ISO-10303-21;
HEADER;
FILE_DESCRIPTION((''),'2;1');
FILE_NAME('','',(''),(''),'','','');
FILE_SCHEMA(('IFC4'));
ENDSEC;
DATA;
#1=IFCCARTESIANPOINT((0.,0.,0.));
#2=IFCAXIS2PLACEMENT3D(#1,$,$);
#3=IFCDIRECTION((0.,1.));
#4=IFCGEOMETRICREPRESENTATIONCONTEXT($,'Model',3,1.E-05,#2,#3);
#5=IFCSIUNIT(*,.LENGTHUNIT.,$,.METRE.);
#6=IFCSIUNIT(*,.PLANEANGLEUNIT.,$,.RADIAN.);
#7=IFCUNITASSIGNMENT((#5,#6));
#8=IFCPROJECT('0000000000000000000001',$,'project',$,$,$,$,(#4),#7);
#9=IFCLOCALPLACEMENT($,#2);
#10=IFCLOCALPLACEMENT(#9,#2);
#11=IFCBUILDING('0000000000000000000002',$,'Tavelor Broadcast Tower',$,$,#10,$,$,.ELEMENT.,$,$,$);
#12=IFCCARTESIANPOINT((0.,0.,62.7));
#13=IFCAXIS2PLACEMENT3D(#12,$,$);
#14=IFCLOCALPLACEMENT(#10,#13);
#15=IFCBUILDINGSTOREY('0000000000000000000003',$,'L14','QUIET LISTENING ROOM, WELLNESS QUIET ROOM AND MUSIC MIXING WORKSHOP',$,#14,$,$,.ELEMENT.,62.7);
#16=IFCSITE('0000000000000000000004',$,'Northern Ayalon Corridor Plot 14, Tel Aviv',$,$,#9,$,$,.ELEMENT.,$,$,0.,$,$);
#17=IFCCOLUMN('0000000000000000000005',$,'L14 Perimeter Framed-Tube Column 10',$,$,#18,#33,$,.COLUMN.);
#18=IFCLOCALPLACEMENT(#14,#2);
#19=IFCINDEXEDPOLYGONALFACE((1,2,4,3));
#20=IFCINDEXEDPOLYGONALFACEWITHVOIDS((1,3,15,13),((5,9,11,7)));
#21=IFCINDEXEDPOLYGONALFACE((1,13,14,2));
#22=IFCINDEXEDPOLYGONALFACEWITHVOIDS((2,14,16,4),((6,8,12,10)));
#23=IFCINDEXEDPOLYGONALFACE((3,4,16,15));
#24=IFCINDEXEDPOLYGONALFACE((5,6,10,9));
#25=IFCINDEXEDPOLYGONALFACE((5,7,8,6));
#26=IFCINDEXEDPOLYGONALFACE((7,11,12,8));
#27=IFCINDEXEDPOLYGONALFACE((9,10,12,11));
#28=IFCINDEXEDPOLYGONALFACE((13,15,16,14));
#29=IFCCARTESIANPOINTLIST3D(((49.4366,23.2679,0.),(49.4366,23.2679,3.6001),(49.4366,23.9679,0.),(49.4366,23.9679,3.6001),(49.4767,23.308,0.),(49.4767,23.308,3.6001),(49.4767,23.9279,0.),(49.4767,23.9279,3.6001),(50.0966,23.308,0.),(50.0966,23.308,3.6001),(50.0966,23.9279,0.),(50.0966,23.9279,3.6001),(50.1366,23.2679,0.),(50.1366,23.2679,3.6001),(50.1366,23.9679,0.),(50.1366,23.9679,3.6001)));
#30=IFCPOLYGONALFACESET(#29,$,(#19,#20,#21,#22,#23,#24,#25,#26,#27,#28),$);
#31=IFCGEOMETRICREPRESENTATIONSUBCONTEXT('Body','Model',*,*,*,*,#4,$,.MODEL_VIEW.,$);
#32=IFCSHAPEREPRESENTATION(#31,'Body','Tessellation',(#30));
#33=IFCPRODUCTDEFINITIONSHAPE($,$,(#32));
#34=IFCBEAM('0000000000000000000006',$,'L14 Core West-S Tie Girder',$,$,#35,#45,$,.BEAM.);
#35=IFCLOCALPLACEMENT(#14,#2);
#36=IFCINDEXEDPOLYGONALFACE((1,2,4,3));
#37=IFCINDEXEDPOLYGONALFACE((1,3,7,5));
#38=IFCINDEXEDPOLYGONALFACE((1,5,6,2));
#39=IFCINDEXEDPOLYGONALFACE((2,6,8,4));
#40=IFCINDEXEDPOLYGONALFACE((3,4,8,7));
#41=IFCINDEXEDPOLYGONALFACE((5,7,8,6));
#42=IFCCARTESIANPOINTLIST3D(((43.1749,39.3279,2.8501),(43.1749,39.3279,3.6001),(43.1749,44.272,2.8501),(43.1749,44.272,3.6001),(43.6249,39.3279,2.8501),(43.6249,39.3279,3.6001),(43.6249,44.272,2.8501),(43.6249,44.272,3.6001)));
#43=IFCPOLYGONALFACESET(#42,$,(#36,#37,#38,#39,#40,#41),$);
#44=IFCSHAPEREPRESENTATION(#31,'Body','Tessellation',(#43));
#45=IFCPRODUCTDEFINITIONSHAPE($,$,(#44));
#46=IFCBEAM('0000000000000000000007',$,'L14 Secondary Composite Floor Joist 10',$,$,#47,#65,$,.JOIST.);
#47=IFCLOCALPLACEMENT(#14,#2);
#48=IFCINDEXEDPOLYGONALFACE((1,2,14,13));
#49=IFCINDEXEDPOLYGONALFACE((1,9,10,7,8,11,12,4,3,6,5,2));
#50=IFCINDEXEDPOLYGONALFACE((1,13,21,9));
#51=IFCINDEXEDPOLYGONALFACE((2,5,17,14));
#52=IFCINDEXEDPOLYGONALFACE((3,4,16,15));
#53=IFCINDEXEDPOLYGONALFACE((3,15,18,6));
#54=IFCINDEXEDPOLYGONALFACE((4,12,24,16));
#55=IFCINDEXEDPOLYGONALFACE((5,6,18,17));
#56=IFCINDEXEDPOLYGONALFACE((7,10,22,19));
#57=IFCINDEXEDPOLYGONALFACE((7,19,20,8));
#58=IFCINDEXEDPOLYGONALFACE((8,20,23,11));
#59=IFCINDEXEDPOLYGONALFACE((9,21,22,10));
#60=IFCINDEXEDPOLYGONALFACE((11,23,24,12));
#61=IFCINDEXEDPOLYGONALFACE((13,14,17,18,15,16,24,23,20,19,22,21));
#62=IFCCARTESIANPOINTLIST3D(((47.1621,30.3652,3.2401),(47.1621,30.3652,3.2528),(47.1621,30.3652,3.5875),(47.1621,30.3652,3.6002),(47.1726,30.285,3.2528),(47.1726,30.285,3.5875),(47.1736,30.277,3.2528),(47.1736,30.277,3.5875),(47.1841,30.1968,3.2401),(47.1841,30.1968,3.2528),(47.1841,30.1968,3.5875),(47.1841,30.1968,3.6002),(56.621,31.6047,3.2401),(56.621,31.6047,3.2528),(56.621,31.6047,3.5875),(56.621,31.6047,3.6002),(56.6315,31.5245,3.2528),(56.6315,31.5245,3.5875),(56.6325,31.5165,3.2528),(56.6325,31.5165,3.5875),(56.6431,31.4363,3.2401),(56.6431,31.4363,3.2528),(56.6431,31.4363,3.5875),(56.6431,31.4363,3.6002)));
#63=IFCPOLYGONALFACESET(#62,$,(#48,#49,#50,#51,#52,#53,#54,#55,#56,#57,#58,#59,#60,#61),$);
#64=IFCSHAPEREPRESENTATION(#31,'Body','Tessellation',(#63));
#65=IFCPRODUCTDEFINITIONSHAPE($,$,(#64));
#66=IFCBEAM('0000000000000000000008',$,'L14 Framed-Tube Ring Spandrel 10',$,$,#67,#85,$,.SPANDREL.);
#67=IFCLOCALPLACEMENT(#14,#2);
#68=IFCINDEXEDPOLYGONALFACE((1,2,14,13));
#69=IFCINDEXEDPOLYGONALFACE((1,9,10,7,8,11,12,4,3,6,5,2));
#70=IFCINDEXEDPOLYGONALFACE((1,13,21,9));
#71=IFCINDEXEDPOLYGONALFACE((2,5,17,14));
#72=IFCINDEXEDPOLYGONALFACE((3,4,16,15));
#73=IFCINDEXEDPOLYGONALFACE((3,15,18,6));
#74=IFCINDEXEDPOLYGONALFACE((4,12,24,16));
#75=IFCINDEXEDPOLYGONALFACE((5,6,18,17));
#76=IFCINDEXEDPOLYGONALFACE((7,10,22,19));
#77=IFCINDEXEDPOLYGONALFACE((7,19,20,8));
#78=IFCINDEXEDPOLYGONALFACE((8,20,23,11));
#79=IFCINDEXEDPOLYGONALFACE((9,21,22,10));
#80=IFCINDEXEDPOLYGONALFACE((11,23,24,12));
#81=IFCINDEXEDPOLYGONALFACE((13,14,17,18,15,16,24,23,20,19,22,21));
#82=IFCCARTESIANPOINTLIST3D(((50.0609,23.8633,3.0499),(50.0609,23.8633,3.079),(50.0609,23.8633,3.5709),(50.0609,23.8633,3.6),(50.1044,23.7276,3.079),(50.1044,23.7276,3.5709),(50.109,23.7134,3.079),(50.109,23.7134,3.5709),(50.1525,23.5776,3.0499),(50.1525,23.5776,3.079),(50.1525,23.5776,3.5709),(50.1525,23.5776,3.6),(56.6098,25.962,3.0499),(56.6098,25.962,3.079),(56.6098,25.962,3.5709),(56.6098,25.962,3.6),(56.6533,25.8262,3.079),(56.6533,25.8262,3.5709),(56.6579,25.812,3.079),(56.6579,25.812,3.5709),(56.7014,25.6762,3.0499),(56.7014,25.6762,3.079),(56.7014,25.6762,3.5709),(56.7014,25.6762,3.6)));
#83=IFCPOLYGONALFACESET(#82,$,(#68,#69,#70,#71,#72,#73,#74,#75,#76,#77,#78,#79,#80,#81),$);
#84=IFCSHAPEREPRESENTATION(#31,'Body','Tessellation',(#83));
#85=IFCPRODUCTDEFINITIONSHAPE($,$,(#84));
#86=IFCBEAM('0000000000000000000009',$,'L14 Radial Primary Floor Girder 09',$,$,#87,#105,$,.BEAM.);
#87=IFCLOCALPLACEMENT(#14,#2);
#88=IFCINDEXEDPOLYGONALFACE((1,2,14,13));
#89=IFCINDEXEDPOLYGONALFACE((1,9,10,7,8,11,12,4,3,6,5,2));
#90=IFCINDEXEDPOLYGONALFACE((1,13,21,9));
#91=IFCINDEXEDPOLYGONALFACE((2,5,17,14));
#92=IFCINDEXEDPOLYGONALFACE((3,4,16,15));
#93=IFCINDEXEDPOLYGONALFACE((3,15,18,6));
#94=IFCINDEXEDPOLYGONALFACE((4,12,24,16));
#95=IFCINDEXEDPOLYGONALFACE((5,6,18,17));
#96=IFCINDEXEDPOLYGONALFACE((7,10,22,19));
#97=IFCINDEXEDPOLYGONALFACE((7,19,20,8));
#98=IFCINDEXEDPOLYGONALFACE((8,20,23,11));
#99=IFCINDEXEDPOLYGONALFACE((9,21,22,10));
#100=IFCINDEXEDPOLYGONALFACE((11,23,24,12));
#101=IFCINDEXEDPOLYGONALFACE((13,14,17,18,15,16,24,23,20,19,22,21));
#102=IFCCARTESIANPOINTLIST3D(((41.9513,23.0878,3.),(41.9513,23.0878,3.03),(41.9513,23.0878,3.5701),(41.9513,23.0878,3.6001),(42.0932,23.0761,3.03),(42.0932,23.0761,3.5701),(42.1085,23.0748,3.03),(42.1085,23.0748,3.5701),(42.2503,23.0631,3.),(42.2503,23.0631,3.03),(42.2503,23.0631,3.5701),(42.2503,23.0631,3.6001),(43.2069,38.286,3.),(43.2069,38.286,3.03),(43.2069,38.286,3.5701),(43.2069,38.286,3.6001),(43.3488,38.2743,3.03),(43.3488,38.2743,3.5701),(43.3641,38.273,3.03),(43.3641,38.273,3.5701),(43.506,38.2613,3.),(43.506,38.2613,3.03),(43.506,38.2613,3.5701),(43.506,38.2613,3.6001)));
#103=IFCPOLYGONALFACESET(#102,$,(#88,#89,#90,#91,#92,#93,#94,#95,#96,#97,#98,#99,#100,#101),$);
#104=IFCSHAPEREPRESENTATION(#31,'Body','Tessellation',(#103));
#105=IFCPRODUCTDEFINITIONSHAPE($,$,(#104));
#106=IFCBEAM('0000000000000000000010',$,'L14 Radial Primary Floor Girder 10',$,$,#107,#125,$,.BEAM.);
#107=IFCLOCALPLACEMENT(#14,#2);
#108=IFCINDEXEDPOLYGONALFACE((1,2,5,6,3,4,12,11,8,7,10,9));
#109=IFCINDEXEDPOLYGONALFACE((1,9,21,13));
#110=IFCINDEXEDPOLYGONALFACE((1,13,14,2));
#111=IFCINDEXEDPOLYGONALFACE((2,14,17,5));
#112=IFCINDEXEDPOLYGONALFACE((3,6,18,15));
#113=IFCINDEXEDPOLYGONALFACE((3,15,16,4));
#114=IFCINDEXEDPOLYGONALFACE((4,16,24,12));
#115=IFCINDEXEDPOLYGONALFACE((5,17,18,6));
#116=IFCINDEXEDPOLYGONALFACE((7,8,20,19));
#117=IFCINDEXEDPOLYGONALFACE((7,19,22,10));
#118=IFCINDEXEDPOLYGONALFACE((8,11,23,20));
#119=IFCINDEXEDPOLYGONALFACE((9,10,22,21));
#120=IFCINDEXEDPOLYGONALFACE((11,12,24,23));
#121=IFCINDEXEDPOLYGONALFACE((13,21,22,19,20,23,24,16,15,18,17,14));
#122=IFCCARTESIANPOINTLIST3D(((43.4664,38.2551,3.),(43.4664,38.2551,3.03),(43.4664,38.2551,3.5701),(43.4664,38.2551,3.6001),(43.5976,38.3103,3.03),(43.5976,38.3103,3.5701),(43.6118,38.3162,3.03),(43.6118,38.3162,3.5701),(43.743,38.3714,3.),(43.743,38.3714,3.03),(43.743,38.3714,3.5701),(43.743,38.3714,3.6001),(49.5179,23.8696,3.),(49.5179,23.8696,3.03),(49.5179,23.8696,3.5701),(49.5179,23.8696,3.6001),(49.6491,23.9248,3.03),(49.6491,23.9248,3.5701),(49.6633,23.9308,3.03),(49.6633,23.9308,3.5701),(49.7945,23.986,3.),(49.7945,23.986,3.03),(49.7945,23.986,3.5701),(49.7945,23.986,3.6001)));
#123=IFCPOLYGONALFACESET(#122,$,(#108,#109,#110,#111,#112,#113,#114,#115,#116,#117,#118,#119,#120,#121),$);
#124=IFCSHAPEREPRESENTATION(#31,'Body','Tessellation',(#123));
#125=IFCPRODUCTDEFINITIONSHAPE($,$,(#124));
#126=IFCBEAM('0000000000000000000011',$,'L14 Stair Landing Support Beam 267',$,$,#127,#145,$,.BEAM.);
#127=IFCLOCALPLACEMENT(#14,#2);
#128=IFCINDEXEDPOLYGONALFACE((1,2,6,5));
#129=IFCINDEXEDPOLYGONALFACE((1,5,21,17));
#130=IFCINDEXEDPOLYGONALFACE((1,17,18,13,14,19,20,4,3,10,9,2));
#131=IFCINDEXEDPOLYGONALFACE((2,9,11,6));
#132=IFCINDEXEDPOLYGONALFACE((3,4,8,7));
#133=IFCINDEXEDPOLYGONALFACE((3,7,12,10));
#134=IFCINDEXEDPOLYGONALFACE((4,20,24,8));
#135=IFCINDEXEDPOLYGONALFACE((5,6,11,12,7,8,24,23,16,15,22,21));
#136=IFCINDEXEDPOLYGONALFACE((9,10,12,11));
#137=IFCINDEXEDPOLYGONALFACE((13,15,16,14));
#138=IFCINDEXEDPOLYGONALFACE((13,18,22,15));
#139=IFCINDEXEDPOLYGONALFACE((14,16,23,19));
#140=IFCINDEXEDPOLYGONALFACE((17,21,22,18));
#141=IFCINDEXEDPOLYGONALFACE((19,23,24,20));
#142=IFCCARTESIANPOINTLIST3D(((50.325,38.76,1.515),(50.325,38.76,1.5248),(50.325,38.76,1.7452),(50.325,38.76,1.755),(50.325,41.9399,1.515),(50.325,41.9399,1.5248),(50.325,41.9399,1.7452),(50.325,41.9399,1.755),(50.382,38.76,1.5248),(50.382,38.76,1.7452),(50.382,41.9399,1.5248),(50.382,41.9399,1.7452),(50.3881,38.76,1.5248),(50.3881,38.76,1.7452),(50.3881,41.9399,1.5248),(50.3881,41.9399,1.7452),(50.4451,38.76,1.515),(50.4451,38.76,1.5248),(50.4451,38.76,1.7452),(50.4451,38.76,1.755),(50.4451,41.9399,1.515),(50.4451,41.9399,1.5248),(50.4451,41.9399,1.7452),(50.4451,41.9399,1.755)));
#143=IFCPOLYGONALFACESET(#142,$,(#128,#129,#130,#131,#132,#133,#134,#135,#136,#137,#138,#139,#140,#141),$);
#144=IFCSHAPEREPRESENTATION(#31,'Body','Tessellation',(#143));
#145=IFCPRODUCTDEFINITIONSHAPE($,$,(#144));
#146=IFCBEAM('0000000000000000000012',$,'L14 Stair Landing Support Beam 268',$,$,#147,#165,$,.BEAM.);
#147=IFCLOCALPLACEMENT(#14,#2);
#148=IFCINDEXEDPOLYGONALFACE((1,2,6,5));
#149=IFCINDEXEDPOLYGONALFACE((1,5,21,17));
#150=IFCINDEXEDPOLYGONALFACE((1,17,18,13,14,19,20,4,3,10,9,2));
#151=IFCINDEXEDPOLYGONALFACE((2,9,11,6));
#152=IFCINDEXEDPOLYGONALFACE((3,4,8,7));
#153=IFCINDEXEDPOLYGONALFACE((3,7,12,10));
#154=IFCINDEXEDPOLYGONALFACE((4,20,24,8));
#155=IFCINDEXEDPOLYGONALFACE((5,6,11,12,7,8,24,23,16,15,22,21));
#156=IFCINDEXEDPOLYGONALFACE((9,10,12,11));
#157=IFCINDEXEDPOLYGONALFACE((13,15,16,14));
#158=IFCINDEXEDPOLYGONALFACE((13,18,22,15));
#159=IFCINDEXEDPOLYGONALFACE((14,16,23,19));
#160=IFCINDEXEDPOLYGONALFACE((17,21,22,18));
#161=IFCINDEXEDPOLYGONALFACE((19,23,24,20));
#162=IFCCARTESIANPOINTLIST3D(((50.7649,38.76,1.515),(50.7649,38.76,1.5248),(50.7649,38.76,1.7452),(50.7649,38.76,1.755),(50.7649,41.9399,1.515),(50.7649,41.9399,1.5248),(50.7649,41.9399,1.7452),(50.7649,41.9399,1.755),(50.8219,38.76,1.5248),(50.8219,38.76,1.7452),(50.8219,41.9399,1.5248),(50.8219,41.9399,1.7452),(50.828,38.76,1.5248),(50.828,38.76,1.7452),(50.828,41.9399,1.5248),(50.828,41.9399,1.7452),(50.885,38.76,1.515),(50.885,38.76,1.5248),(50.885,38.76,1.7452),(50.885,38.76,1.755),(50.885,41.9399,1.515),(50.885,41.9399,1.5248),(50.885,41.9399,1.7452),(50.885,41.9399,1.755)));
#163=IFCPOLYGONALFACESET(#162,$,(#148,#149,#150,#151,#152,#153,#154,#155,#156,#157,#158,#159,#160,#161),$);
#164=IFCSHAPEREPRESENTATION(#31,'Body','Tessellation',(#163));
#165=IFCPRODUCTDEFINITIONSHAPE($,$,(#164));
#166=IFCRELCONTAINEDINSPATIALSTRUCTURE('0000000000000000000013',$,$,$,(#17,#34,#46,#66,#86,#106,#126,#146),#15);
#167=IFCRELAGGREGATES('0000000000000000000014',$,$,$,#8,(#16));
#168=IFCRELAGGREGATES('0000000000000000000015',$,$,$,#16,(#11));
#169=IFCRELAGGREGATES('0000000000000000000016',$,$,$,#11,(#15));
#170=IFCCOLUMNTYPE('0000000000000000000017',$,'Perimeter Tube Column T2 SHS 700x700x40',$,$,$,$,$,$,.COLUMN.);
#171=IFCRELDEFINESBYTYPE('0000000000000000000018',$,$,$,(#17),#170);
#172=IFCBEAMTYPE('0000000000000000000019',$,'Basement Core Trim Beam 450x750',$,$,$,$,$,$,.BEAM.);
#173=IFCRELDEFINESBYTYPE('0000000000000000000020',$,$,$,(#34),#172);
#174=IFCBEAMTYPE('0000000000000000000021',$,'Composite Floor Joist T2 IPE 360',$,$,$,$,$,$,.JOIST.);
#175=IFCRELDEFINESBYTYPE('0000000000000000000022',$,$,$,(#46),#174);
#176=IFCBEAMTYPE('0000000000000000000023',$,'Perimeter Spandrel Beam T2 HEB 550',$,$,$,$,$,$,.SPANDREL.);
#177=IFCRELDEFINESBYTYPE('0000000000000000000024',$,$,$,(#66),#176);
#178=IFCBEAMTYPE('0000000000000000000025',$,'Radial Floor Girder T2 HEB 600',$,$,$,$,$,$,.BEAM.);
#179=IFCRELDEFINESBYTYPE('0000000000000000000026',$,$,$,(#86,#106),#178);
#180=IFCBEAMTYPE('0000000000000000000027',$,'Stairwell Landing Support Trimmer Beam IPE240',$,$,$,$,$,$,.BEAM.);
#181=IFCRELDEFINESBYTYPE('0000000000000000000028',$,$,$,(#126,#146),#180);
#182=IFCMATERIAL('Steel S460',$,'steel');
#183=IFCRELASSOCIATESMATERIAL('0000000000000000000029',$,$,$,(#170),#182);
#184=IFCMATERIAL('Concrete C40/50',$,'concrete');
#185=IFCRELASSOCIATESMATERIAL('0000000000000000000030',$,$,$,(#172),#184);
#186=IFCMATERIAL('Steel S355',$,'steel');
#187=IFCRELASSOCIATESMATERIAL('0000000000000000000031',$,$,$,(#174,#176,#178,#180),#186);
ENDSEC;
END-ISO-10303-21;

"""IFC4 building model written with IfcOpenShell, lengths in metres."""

from ifc_helpers import new_model, si_unit, direction, frame, origin, origin_2d, place, context, subcontext, project, spatial, rectangle, hollow_rectangle, i_section, extrude, material, material_profile, profile_set, type_object, element, save


model = new_model("IFC4")

# Units and contexts
model_context = context("Model", 3, precision=1e-05, world=origin(), true_north=direction((0.0, 1.0)))
body_context = subcontext(model_context, "Body", "Model", "MODEL_VIEW")
ifc_project = project(units=[si_unit("LENGTHUNIT", "METRE"), si_unit("PLANEANGLEUNIT", "RADIAN")], contexts=[model_context])

# Site, building, storey
site_placement = place(None, origin())
site = spatial("IfcSite", under=ifc_project, at=site_placement, Name="Northern Ayalon Corridor Plot 14, Tel Aviv", CompositionType="ELEMENT", RefElevation=0.0)
building_placement = place(site_placement, origin())
building = spatial("IfcBuilding", under=site, at=building_placement, Name="Tavelor Broadcast Tower", CompositionType="ELEMENT")
storey_placement = place(building_placement, frame((0.0, 0.0, 62.7)))
storey = spatial("IfcBuildingStorey", under=building, at=storey_placement, Name="L14", Description="QUIET LISTENING ROOM, WELLNESS QUIET ROOM AND MUSIC MIXING WORKSHOP", CompositionType="ELEMENT", Elevation=62.7)

# Column
ifc_material_1 = material(Name="Steel S460", Category="steel")
ifc_material_profile_1 = material_profile(ifc_material_1, hollow_rectangle(XDim=0.7, YDim=0.7, WallThickness=0.04, at=origin_2d()), Name="SHS 700x700x40")
ifc_profile_set_1 = profile_set([ifc_material_profile_1], Name="Steel S460")
column_type = type_object("IfcColumnType", Name="Perimeter Tube Column T2 SHS 700x700x40", PredefinedType="COLUMN", material=ifc_profile_set_1)
column_placement = place(storey_placement, frame((49.7866, 23.6179, 0.0), z_axis=(0.0, 0.0, 1.0), x_axis=(1.0, 0.0, 0.0)))
element("IfcColumn", 1, at=column_placement, inside=storey, type_object=column_type, Name="L14 Perimeter Framed-Tube Column 10", PredefinedType="COLUMN", context=body_context, shape_type="SweptSolid", body=[
    extrude(hollow_rectangle(XDim=0.7, YDim=0.7, WallThickness=0.04, at=origin_2d()), origin(), (0.0, 0.0, 1.0), 3.6001),
])

# Beams
ifc_material_2 = material(Name="Concrete C40/50", Category="concrete")
ifc_material_profile_2 = material_profile(ifc_material_2, rectangle(XDim=0.45, YDim=0.75, at=origin_2d()), Name="RC 450x750")
ifc_profile_set_2 = profile_set([ifc_material_profile_2], Name="Concrete C40/50")
beam_type_1 = type_object("IfcBeamType", Name="Basement Core Trim Beam 450x750", PredefinedType="BEAM", material=ifc_profile_set_2)
beam_1_placement = place(storey_placement, frame((43.3999, 39.3279, 3.2251), z_axis=(0.0, 1.0, 0.0), x_axis=(-1.0, 0.0, 0.0)))
element("IfcBeam", 2, at=beam_1_placement, inside=storey, type_object=beam_type_1, Name="L14 Core West-S Tie Girder", PredefinedType="BEAM", context=body_context, shape_type="SweptSolid", body=[
    extrude(rectangle(XDim=0.45, YDim=0.75, at=origin_2d()), origin(), (0.0, 0.0, 1.0), 4.9441),
])
ifc_material_3 = material(Name="Steel S355", Category="steel")
ifc_material_profile_3 = material_profile(ifc_material_3, i_section(OverallWidth=0.1699, OverallDepth=0.3601, WebThickness=0.0081, FlangeThickness=0.0127, at=origin_2d()), Name="IPE 360")
ifc_profile_set_3 = profile_set([ifc_material_profile_3], Name="Steel S355")
beam_type_2 = type_object("IfcBeamType", Name="Composite Floor Joist T2 IPE 360", PredefinedType="JOIST", material=ifc_profile_set_3)
beam_2_placement = place(storey_placement, frame((47.1731, 30.281, 3.4202), z_axis=(0.991523, 0.129929, 0.0), x_axis=(-0.129929, 0.991523, 0.0)))
element("IfcBeam", 3, at=beam_2_placement, inside=storey, type_object=beam_type_2, Name="L14 Secondary Composite Floor Joist 10", PredefinedType="JOIST", context=body_context, shape_type="SweptSolid", body=[
    extrude(i_section(OverallWidth=0.1699, OverallDepth=0.3601, WebThickness=0.0081, FlangeThickness=0.0127, at=origin_2d()), origin(), (0.0, 0.0, 1.0), 9.5398),
])
ifc_material_profile_4 = material_profile(ifc_material_3, i_section(OverallWidth=0.3, OverallDepth=0.55, WebThickness=0.0149, FlangeThickness=0.0291, at=origin_2d()), Name="HEB 550")
ifc_profile_set_4 = profile_set([ifc_material_profile_4], Name="Steel S355")
beam_type_3 = type_object("IfcBeamType", Name="Perimeter Spandrel Beam T2 HEB 550", PredefinedType="SPANDREL", material=ifc_profile_set_4)
beam_3_placement = place(storey_placement, frame((50.1067, 23.7205, 3.325), z_axis=(0.952297, 0.305172, 0.0), x_axis=(-0.305172, 0.952297, 0.0)))
element("IfcBeam", 4, at=beam_3_placement, inside=storey, type_object=beam_type_3, Name="L14 Framed-Tube Ring Spandrel 10", PredefinedType="SPANDREL", context=body_context, shape_type="SweptSolid", body=[
    extrude(i_section(OverallWidth=0.3, OverallDepth=0.55, WebThickness=0.0149, FlangeThickness=0.0291, at=origin_2d()), origin(), (0.0, 0.0, 1.0), 6.877),
])
ifc_material_profile_5 = material_profile(ifc_material_3, i_section(OverallWidth=0.3, OverallDepth=0.6001, WebThickness=0.0154, FlangeThickness=0.03, at=origin_2d()), Name="HEB 600")
ifc_profile_set_5 = profile_set([ifc_material_profile_5], Name="Steel S355")
beam_type_4 = type_object("IfcBeamType", Name="Radial Floor Girder T2 HEB 600", PredefinedType="BEAM", material=ifc_profile_set_5)
beam_4_placement = place(storey_placement, frame((43.3564, 38.2737, 3.3), z_axis=(-0.082335, -0.996605, 0.0), x_axis=(0.996605, -0.082335, 0.0)))
element("IfcBeam", 5, at=beam_4_placement, inside=storey, type_object=beam_type_4, Name="L14 Radial Primary Floor Girder 09", PredefinedType="BEAM", context=body_context, shape_type="SweptSolid", body=[
    extrude(i_section(OverallWidth=0.3, OverallDepth=0.6001, WebThickness=0.0154, FlangeThickness=0.03, at=origin_2d()), origin(), (0.0, 0.0, 1.0), 15.25),
])
beam_5_placement = place(storey_placement, frame((43.6047, 38.3132, 3.3), z_axis=(0.387756, -0.921762, 0.0), x_axis=(0.921762, 0.387756, 0.0)))
element("IfcBeam", 6, at=beam_5_placement, inside=storey, type_object=beam_type_4, Name="L14 Radial Primary Floor Girder 10", PredefinedType="BEAM", context=body_context, shape_type="SweptSolid", body=[
    extrude(i_section(OverallWidth=0.3, OverallDepth=0.6001, WebThickness=0.0154, FlangeThickness=0.03, at=origin_2d()), origin(), (0.0, 0.0, 1.0), 15.6064),
])
ifc_material_profile_6 = material_profile(ifc_material_3, i_section(OverallWidth=0.1201, OverallDepth=0.24, WebThickness=0.0061, FlangeThickness=0.0098, at=origin_2d()), Name="IPE 240")
ifc_profile_set_6 = profile_set([ifc_material_profile_6], Name="Steel S355")
beam_type_5 = type_object("IfcBeamType", Name="Stairwell Landing Support Trimmer Beam IPE240", PredefinedType="BEAM", material=ifc_profile_set_6)
for number, where, z_axis, x_axis, name in (
    (7, (50.385, 38.76, 1.635), (0.0, 1.0, 0.0), (-1.0, 0.0, 0.0), "L14 Stair Landing Support Beam 267"),
    (8, (50.825, 38.76, 1.635), (0.0, 1.0, 0.0), (-1.0, 0.0, 0.0), "L14 Stair Landing Support Beam 268"),
):
    element("IfcBeam", number, at=place(storey_placement, frame(where, z_axis=z_axis, x_axis=x_axis)), inside=storey, type_object=beam_type_5, Name=name, PredefinedType="BEAM", context=body_context, shape_type="SweptSolid", body=[
        extrude(i_section(OverallWidth=0.1201, OverallDepth=0.24, WebThickness=0.0061, FlangeThickness=0.0098, at=origin_2d()), origin(), (0.0, 0.0, 1.0), 3.1799),
    ])

save(model, "model.ifc")
